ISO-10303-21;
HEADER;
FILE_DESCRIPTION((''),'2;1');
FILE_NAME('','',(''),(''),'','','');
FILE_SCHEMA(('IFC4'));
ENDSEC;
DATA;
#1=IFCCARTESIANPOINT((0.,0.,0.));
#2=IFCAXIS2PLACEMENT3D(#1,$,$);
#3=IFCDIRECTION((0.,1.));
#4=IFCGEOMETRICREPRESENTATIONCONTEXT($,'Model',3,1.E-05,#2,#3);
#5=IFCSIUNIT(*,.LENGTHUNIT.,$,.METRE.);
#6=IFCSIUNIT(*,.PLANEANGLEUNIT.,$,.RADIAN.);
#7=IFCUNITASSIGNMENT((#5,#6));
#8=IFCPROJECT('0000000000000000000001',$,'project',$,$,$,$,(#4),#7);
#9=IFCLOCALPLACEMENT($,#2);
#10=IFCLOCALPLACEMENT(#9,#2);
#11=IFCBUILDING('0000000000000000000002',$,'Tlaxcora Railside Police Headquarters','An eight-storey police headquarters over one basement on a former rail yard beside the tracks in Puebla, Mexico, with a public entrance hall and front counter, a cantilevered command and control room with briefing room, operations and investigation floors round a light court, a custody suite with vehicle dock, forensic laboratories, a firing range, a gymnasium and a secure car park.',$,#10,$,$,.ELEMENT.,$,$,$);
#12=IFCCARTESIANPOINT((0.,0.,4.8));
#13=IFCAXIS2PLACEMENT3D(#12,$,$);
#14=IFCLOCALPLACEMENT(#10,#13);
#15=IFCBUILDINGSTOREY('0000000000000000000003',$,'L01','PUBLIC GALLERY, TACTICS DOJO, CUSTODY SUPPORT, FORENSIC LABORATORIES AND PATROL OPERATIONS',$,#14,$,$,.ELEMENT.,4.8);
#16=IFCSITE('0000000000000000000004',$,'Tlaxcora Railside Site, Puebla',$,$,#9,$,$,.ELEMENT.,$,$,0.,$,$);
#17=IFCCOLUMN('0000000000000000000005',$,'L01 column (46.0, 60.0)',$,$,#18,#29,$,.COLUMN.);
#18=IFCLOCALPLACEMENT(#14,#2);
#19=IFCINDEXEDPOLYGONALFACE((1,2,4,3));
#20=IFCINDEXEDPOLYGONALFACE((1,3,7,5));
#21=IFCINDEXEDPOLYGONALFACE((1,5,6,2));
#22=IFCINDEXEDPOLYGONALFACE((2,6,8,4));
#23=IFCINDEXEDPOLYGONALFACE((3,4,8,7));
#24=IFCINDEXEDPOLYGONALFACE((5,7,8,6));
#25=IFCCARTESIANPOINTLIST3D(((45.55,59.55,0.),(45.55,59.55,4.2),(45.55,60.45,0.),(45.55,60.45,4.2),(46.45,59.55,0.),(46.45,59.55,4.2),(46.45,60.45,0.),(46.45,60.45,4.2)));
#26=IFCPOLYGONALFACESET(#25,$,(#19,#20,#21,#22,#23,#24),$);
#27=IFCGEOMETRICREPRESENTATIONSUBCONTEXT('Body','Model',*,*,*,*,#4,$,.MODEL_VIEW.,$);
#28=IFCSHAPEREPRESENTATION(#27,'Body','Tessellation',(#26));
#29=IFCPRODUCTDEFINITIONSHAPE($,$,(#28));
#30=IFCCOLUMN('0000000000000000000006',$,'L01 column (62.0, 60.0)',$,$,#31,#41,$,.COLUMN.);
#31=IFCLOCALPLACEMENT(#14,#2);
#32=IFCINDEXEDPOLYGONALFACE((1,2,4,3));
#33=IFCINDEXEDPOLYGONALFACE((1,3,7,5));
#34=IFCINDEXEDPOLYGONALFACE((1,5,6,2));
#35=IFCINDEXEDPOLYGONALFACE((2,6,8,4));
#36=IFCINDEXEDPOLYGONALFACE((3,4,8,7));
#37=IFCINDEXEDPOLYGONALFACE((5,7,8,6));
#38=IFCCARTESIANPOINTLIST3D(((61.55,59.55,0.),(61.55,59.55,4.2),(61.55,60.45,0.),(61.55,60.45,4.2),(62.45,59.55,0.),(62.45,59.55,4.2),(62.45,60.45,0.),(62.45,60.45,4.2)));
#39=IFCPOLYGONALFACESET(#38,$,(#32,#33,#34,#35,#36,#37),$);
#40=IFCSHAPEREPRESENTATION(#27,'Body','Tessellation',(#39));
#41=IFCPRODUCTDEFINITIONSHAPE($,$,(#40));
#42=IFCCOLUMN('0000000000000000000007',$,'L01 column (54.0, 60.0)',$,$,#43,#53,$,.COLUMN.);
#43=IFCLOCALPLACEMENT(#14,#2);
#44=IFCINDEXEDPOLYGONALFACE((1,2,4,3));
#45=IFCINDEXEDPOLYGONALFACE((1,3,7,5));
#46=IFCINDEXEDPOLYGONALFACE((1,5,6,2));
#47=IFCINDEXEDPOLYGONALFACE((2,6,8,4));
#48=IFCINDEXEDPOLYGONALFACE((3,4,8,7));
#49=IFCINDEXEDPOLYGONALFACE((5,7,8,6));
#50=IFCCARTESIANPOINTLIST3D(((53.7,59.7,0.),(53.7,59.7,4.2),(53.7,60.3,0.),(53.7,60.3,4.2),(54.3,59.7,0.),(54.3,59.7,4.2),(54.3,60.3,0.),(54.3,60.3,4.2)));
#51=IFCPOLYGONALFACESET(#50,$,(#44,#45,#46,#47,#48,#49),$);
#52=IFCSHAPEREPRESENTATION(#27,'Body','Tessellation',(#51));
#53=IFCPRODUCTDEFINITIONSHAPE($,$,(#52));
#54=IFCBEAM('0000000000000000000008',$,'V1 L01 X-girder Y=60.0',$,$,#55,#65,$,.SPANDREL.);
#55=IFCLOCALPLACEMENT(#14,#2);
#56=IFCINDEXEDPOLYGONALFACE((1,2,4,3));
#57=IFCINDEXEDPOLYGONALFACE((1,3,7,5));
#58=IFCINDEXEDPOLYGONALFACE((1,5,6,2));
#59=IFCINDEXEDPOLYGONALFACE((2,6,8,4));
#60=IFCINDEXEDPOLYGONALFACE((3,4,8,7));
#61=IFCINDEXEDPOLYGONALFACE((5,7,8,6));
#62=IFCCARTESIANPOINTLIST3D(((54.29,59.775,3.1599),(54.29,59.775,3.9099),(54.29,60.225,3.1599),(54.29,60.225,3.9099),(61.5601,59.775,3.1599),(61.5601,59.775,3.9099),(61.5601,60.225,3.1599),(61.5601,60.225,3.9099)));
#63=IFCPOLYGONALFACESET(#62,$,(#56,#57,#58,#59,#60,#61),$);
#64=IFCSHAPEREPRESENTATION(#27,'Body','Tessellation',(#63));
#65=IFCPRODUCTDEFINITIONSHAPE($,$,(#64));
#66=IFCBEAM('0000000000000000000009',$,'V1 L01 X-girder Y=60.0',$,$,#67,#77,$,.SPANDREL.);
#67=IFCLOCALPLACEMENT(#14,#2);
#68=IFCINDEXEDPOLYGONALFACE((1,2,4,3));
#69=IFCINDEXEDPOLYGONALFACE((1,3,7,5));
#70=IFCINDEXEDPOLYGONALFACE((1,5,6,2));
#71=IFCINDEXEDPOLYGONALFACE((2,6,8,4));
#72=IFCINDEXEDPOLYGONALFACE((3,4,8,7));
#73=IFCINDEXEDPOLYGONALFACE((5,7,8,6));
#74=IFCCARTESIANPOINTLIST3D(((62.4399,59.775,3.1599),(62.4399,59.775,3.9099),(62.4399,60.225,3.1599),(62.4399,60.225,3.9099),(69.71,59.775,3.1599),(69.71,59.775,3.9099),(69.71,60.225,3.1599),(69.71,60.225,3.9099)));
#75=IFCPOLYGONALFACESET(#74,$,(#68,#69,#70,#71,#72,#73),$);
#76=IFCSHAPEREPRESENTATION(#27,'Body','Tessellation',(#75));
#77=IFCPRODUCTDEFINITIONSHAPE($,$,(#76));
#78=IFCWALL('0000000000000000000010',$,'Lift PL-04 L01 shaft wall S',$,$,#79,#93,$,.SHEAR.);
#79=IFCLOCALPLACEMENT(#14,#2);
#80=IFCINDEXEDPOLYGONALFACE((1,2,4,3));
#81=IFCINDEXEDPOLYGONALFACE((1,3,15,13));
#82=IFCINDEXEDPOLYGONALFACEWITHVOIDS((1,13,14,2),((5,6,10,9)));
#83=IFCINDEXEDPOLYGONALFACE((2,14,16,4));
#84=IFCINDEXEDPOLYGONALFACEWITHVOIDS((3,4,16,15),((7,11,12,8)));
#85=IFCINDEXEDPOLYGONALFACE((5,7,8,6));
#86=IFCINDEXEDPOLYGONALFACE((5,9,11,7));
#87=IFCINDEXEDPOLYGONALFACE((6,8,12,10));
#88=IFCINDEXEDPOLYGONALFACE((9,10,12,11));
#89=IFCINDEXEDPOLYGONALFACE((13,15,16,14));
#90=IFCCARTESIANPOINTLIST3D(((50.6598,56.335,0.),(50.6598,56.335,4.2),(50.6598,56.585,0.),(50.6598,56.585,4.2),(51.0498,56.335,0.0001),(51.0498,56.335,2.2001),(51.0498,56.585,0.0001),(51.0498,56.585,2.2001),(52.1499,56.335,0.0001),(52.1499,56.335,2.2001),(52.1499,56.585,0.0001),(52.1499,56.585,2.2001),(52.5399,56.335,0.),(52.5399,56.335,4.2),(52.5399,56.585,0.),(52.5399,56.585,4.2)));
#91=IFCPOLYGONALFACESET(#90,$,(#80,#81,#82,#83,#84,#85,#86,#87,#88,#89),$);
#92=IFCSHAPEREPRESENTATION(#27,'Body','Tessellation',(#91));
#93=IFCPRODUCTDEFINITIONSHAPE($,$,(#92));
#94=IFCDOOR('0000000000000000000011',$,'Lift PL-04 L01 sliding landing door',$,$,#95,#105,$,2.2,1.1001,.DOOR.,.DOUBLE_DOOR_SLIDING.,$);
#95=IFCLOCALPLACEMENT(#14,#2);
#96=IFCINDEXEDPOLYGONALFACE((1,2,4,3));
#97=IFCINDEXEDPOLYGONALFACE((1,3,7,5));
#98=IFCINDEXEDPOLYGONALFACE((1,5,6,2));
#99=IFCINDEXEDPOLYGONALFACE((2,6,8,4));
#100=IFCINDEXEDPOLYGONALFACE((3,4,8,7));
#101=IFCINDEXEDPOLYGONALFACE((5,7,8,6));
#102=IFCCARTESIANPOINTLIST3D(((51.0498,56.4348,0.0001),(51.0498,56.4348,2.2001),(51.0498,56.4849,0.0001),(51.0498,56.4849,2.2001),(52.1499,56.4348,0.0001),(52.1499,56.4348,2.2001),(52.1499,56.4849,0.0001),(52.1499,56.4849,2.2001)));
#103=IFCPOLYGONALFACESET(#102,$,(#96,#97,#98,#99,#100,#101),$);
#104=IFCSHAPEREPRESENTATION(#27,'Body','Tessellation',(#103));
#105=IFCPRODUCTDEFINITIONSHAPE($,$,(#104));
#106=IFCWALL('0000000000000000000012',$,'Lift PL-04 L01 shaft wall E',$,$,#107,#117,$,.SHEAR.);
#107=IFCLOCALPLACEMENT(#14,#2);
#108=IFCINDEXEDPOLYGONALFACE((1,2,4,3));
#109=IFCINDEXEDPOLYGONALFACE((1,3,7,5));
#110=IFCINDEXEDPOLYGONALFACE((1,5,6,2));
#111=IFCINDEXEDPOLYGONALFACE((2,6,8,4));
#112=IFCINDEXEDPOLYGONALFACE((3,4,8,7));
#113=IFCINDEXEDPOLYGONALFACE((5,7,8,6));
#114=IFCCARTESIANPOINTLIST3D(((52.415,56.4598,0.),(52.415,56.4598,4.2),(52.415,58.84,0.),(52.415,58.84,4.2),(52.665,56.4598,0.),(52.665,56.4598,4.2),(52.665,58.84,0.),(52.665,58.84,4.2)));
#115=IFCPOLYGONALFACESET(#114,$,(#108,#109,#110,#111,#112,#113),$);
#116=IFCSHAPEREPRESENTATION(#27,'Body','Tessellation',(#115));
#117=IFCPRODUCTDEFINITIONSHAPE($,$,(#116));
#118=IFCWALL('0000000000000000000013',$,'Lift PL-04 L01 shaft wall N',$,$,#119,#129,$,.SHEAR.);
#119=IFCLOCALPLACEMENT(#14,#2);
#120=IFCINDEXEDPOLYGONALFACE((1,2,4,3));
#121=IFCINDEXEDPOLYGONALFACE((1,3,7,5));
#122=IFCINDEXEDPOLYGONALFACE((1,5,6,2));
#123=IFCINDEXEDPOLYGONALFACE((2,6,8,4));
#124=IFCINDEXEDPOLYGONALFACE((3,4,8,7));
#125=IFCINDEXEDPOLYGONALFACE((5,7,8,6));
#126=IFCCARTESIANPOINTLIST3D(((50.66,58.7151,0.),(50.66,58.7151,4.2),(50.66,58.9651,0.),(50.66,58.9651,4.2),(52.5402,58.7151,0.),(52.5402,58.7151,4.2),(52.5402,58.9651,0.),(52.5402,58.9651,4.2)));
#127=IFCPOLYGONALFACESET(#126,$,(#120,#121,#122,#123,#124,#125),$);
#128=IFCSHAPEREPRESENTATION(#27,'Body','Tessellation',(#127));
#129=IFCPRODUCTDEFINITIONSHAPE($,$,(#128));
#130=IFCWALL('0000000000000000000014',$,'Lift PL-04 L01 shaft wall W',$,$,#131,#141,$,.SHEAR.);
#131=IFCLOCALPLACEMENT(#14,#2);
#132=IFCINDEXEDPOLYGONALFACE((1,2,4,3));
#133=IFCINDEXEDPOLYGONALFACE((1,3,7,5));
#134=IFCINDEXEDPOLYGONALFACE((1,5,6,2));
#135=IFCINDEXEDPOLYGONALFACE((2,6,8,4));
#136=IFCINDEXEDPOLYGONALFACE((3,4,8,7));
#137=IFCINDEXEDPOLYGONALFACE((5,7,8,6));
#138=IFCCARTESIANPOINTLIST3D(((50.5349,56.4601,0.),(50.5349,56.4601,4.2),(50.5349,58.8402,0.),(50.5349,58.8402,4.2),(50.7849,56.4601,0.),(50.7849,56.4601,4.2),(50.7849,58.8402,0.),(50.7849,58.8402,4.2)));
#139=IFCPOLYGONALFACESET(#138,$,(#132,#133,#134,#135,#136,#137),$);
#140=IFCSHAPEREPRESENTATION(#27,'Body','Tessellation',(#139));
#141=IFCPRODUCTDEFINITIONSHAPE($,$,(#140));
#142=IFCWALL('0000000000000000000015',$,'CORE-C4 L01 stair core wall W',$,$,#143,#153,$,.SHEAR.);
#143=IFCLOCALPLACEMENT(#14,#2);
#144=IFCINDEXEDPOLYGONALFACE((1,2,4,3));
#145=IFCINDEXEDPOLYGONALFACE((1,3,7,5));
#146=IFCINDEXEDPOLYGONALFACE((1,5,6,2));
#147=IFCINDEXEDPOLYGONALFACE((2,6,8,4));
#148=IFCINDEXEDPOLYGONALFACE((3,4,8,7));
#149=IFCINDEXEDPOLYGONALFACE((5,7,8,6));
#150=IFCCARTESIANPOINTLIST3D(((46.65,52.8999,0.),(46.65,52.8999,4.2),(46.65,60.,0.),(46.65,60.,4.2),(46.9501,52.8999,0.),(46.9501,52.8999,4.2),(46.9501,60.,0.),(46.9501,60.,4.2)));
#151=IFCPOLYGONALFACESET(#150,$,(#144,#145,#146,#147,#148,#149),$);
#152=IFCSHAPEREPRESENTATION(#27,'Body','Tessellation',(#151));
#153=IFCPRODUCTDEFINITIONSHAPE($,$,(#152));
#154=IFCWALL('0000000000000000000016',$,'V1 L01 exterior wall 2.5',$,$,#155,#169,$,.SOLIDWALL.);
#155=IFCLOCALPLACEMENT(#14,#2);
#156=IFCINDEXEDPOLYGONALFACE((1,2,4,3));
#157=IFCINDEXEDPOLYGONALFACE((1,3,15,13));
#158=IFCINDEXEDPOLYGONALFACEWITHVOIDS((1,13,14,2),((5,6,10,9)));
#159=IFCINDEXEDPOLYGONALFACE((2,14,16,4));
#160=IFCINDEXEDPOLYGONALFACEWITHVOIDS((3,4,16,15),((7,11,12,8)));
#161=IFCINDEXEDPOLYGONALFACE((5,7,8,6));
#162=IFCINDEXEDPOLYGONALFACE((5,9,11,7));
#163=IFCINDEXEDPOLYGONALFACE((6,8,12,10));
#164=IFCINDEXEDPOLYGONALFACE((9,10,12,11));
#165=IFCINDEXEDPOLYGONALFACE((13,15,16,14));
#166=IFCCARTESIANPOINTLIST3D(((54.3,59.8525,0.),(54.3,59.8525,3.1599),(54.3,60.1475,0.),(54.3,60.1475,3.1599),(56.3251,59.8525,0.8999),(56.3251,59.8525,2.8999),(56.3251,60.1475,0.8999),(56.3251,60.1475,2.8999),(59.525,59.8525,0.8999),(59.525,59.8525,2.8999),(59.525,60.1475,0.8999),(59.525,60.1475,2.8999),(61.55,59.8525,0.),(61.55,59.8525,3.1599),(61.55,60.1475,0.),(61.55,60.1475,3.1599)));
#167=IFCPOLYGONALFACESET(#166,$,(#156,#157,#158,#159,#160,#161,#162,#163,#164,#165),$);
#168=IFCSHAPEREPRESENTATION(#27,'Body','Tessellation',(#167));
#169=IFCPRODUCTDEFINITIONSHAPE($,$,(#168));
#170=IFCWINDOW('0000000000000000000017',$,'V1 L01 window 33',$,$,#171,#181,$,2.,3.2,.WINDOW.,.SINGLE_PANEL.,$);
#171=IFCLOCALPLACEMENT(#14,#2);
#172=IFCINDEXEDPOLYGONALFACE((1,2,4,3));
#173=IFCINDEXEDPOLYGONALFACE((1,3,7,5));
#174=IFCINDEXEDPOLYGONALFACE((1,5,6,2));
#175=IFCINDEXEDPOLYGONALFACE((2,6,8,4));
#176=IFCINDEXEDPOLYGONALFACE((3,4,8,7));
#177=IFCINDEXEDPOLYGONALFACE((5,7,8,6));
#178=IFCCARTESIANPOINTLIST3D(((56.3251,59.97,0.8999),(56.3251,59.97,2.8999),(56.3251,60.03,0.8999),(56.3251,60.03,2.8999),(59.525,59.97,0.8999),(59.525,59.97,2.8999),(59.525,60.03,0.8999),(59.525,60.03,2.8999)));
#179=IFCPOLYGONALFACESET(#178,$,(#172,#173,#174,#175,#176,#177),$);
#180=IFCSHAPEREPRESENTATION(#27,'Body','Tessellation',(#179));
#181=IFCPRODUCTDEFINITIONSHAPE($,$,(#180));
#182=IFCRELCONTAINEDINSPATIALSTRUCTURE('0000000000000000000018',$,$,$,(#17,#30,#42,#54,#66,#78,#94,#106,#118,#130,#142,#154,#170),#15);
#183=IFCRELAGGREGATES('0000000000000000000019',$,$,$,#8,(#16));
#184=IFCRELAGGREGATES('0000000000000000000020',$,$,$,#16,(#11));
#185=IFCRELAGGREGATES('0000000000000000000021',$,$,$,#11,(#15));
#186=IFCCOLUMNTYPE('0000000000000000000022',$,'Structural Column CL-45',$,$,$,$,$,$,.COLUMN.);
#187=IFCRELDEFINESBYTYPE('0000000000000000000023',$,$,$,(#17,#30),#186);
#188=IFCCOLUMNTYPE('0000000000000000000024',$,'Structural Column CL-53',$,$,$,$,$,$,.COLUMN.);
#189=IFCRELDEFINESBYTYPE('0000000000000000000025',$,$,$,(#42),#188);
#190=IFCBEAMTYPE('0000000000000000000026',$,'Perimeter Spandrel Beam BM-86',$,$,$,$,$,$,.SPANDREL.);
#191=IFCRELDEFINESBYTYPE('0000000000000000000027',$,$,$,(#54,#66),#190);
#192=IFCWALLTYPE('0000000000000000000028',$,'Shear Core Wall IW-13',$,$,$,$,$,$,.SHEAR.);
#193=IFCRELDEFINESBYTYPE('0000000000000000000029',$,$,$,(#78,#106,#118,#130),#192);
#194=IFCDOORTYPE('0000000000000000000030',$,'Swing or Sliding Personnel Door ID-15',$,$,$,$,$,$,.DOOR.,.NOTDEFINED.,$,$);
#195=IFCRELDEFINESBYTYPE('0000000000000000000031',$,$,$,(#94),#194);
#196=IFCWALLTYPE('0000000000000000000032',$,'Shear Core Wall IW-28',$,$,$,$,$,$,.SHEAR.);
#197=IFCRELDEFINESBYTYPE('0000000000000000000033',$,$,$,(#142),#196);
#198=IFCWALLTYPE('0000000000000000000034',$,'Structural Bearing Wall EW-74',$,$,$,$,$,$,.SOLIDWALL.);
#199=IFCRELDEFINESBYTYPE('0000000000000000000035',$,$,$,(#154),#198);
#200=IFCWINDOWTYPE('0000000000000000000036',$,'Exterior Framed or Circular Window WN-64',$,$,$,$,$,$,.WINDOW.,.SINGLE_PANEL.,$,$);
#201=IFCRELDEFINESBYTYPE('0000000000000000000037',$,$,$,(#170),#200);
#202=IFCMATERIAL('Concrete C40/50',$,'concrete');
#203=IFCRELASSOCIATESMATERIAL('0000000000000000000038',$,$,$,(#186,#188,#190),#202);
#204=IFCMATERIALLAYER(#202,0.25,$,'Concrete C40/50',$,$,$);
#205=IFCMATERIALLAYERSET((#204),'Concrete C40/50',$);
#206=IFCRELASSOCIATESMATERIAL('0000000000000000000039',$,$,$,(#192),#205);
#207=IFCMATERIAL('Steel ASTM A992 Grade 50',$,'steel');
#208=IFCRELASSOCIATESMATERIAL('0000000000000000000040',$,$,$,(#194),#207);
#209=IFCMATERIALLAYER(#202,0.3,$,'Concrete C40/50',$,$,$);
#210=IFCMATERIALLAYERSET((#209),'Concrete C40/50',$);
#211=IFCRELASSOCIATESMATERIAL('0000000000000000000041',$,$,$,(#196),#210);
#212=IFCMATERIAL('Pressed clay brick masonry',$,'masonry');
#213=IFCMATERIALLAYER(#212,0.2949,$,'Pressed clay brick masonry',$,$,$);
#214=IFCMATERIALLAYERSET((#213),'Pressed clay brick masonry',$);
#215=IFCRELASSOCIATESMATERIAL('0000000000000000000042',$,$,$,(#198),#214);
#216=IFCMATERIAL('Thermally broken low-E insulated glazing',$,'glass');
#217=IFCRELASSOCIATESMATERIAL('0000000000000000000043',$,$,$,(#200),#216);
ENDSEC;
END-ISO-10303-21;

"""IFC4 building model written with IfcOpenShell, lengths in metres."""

from ifc_helpers import new_model, si_unit, direction, frame, frame_2d, origin, origin_2d, place, context, subcontext, project, spatial, rectangle, extrude, material, layer, layer_set, material_profile, profile_set, type_object, element, fill, save


model = new_model("IFC4")

# Units and contexts
model_context = context("Model", 3, precision=1e-05, world=origin(), true_north=direction((0.0, 1.0)))
body_context = subcontext(model_context, "Body", "Model", "MODEL_VIEW")
ifc_project = project(units=[si_unit("LENGTHUNIT", "METRE"), si_unit("PLANEANGLEUNIT", "RADIAN")], contexts=[model_context])

# Site, building, storey
site_placement = place(None, origin())
site = spatial("IfcSite", under=ifc_project, at=site_placement, Name="Tlaxcora Railside Site, Puebla", CompositionType="ELEMENT", RefElevation=0.0)
building_placement = place(site_placement, origin())
building = spatial("IfcBuilding", under=site, at=building_placement, Name="Tlaxcora Railside Police Headquarters", Description="An eight-storey police headquarters over one basement on a former rail yard beside the tracks in Puebla, Mexico, with a public entrance hall and front counter, a cantilevered command and control room with briefing room, operations and investigation floors round a light court, a custody suite with vehicle dock, forensic laboratories, a firing range, a gymnasium and a secure car park.", CompositionType="ELEMENT")
storey_placement = place(building_placement, frame((0.0, 0.0, 4.8)))
storey = spatial("IfcBuildingStorey", under=building, at=storey_placement, Name="L01", Description="PUBLIC GALLERY, TACTICS DOJO, CUSTODY SUPPORT, FORENSIC LABORATORIES AND PATROL OPERATIONS", CompositionType="ELEMENT", Elevation=4.8)

# Columns
ifc_material_1 = material(Name="Concrete C40/50", Category="concrete")
ifc_material_profile_1 = material_profile(ifc_material_1, rectangle(XDim=0.8999, YDim=0.8999, at=origin_2d()), Name="RC900X900")
ifc_profile_set_1 = profile_set([ifc_material_profile_1], Name="Concrete C40/50")
column_type_1 = type_object("IfcColumnType", Name="Structural Column CL-45", PredefinedType="COLUMN", material=ifc_profile_set_1)
for number, where, z_axis, x_axis, name in (
    (1, (46.0, 60.0, 0.0), (0.0, 0.0, 1.0), (1.0, 0.0, 0.0), "L01 column (46.0, 60.0)"),
    (2, (62.0, 60.0, 0.0), (0.0, 0.0, 1.0), (1.0, 0.0, 0.0), "L01 column (62.0, 60.0)"),
):
    element("IfcColumn", number, at=place(storey_placement, frame(where, z_axis=z_axis, x_axis=x_axis)), inside=storey, type_object=column_type_1, Name=name, PredefinedType="COLUMN", context=body_context, shape_type="SweptSolid", body=[
        extrude(rectangle(XDim=0.8999, YDim=0.8999, at=origin_2d()), origin(), (0.0, 0.0, 1.0), 4.2),
    ])
ifc_material_profile_2 = material_profile(ifc_material_1, rectangle(XDim=0.6001, YDim=0.6001, at=origin_2d()), Name="RC600X600")
ifc_profile_set_2 = profile_set([ifc_material_profile_2], Name="Concrete C40/50")
column_type_2 = type_object("IfcColumnType", Name="Structural Column CL-53", PredefinedType="COLUMN", material=ifc_profile_set_2)
column_placement = place(storey_placement, frame((54.0, 60.0, 0.0), z_axis=(0.0, 0.0, 1.0), x_axis=(1.0, 0.0, 0.0)))
element("IfcColumn", 3, at=column_placement, inside=storey, type_object=column_type_2, Name="L01 column (54.0, 60.0)", PredefinedType="COLUMN", context=body_context, shape_type="SweptSolid", body=[
    extrude(rectangle(XDim=0.6001, YDim=0.6001, at=origin_2d()), origin(), (0.0, 0.0, 1.0), 4.2),
])

# Beams
ifc_material_profile_3 = material_profile(ifc_material_1, rectangle(XDim=0.45, YDim=0.75, at=origin_2d()), Name="RC450X750")
ifc_profile_set_3 = profile_set([ifc_material_profile_3], Name="Concrete C40/50")
beam_type = type_object("IfcBeamType", Name="Perimeter Spandrel Beam BM-86", PredefinedType="SPANDREL", material=ifc_profile_set_3)
for number, where, z_axis, x_axis, name in (
    (4, (54.29, 60.0, 3.5349), (1.0, 0.0, 0.0), (0.0, 1.0, 0.0), "V1 L01 X-girder Y=60.0"),
    (5, (62.4399, 60.0, 3.5349), (1.0, 0.0, 0.0), (0.0, 1.0, 0.0), "V1 L01 X-girder Y=60.0"),
):
    element("IfcBeam", number, at=place(storey_placement, frame(where, z_axis=z_axis, x_axis=x_axis)), inside=storey, type_object=beam_type, Name=name, PredefinedType="SPANDREL", context=body_context, shape_type="SweptSolid", body=[
        extrude(rectangle(XDim=0.45, YDim=0.75, at=origin_2d()), origin(), (0.0, 0.0, 1.0), 7.27),
    ])

# Wall, opening, door
ifc_layer_1 = layer(ifc_material_1, 0.25, Name="Concrete C40/50")
ifc_layer_set_1 = layer_set([ifc_layer_1], Name="Concrete C40/50")
wall_type_1 = type_object("IfcWallType", Name="Shear Core Wall IW-13", PredefinedType="SHEAR", material=ifc_layer_set_1)
wall_1_placement = place(storey_placement, frame((50.6599, 56.46, 0.0), z_axis=(0.0, 0.0, 1.0), x_axis=(1.0, 0.0, 0.0)))
wall_1 = element("IfcWall", 6, at=wall_1_placement, inside=storey, type_object=wall_type_1, Name="Lift PL-04 L01 shaft wall S", PredefinedType="SHEAR", context=body_context, shape_type="SweptSolid", body=[
    extrude(rectangle(XDim=1.8801, YDim=0.25, at=frame_2d((0.9399, 0.0))), origin(), (0.0, 0.0, 1.0), 4.2),
])
opening_1_placement = place(wall_1_placement, frame((0.3899, 0.0, 0.0)))
opening_1 = element("IfcOpeningElement", 7, at=opening_1_placement, cuts=wall_1, PredefinedType="OPENING", context=body_context, shape_type="SweptSolid", body=[
    extrude(rectangle(XDim=1.1001, YDim=2.2, at=frame_2d((0.55, 1.1001))), frame((0.0, 0.135, 0.0), z_axis=(0.0, -1.0, 0.0), x_axis=(1.0, 0.0, 0.0)), (0.0, 0.0, 1.0), 0.27),
])
ifc_material_2 = material(Name="Steel ASTM A992 Grade 50", Category="steel")
door_type = type_object("IfcDoorType", Name="Swing or Sliding Personnel Door ID-15", OperationType="NOTDEFINED", PredefinedType="DOOR", material=ifc_material_2)
door_placement = place(opening_1_placement, origin())
door = element("IfcDoor", 8, at=door_placement, inside=storey, type_object=door_type, Name="Lift PL-04 L01 sliding landing door", OperationType="DOUBLE_DOOR_SLIDING", OverallHeight=2.2, OverallWidth=1.1001, PredefinedType="DOOR", context=body_context, shape_type="SweptSolid", body=[
    extrude(rectangle(XDim=1.1001, YDim=2.2, at=frame_2d((0.55, 1.1001))), frame((0.0, 0.0249, 0.0), z_axis=(0.0, -1.0, 0.0), x_axis=(1.0, 0.0, 0.0)), (0.0, 0.0, 1.0), 0.05),
])
fill(opening_1, door)

# Walls
wall_2_placement = place(storey_placement, frame((52.54, 56.46, 0.0), z_axis=(0.0, 0.0, 1.0), x_axis=(0.0, 1.0, 0.0)))
element("IfcWall", 9, at=wall_2_placement, inside=storey, type_object=wall_type_1, Name="Lift PL-04 L01 shaft wall E", PredefinedType="SHEAR", context=body_context, shape_type="SweptSolid", body=[
    extrude(rectangle(XDim=2.3801, YDim=0.25, at=frame_2d((1.1899, 0.0))), origin(), (0.0, 0.0, 1.0), 4.2),
])
wall_3_placement = place(storey_placement, frame((52.54, 58.8401, 0.0), z_axis=(0.0, 0.0, 1.0), x_axis=(-1.0, 0.0, 0.0)))
element("IfcWall", 10, at=wall_3_placement, inside=storey, type_object=wall_type_1, Name="Lift PL-04 L01 shaft wall N", PredefinedType="SHEAR", context=body_context, shape_type="SweptSolid", body=[
    extrude(rectangle(XDim=1.8801, YDim=0.25, at=frame_2d((0.9399, 0.0))), origin(), (0.0, 0.0, 1.0), 4.2),
])
wall_4_placement = place(storey_placement, frame((50.6599, 58.8401, 0.0), z_axis=(0.0, 0.0, 1.0), x_axis=(0.0, -1.0, 0.0)))
element("IfcWall", 11, at=wall_4_placement, inside=storey, type_object=wall_type_1, Name="Lift PL-04 L01 shaft wall W", PredefinedType="SHEAR", context=body_context, shape_type="SweptSolid", body=[
    extrude(rectangle(XDim=2.3801, YDim=0.25, at=frame_2d((1.1899, 0.0))), origin(), (0.0, 0.0, 1.0), 4.2),
])
ifc_layer_2 = layer(ifc_material_1, 0.3, Name="Concrete C40/50")
ifc_layer_set_2 = layer_set([ifc_layer_2], Name="Concrete C40/50")
wall_type_2 = type_object("IfcWallType", Name="Shear Core Wall IW-28", PredefinedType="SHEAR", material=ifc_layer_set_2)
wall_5_placement = place(storey_placement, frame((46.8, 60.0, 0.0), z_axis=(0.0, 0.0, 1.0), x_axis=(0.0, -1.0, 0.0)))
element("IfcWall", 12, at=wall_5_placement, inside=storey, type_object=wall_type_2, Name="CORE-C4 L01 stair core wall W", PredefinedType="SHEAR", context=body_context, shape_type="SweptSolid", body=[
    extrude(rectangle(XDim=7.1001, YDim=0.3, at=frame_2d((3.55, 0.0))), origin(), (0.0, 0.0, 1.0), 4.2),
])

# Wall, opening, window
ifc_material_3 = material(Name="Pressed clay brick masonry", Category="masonry")
ifc_layer_3 = layer(ifc_material_3, 0.2949, Name="Pressed clay brick masonry")
ifc_layer_set_3 = layer_set([ifc_layer_3], Name="Pressed clay brick masonry")
wall_type_3 = type_object("IfcWallType", Name="Structural Bearing Wall EW-74", PredefinedType="SOLIDWALL", material=ifc_layer_set_3)
wall_6_placement = place(storey_placement, frame((61.55, 60.0, 0.0), z_axis=(0.0, 0.0, 1.0), x_axis=(-1.0, 0.0, 0.0)))
wall_6 = element("IfcWall", 13, at=wall_6_placement, inside=storey, type_object=wall_type_3, Name="V1 L01 exterior wall 2.5", PredefinedType="SOLIDWALL", context=body_context, shape_type="SweptSolid", body=[
    extrude(rectangle(XDim=7.25, YDim=0.2949, at=frame_2d((3.625, 0.0))), origin(), (0.0, 0.0, 1.0), 3.1599),
])
opening_2_placement = place(wall_6_placement, frame((2.0249, 0.0, 0.8999)))
opening_2 = element("IfcOpeningElement", 14, at=opening_2_placement, cuts=wall_6, PredefinedType="OPENING", context=body_context, shape_type="SweptSolid", body=[
    extrude(rectangle(XDim=3.2, YDim=2.0, at=frame_2d((1.6001, 1.0))), frame((0.0, 0.1575, 0.0), z_axis=(0.0, -1.0, 0.0), x_axis=(1.0, 0.0, 0.0)), (0.0, 0.0, 1.0), 0.3149),
])
ifc_material_4 = material(Name="Thermally broken low-E insulated glazing", Category="glass")
window_type = type_object("IfcWindowType", Name="Exterior Framed or Circular Window WN-64", PartitioningType="SINGLE_PANEL", PredefinedType="WINDOW", material=ifc_material_4)
window_placement = place(opening_2_placement, origin())
window = element("IfcWindow", 15, at=window_placement, inside=storey, type_object=window_type, Name="V1 L01 window 33", OverallHeight=2.0, OverallWidth=3.2, PartitioningType="SINGLE_PANEL", PredefinedType="WINDOW", context=body_context, shape_type="SweptSolid", body=[
    extrude(rectangle(XDim=3.2, YDim=2.0, at=frame_2d((1.6001, 1.0))), frame((0.0, 0.03, 0.0), z_axis=(0.0, -1.0, 0.0), x_axis=(1.0, 0.0, 0.0)), (0.0, 0.0, 1.0), 0.0601),
])
fill(opening_2, window)

save(model, "model.ifc")
